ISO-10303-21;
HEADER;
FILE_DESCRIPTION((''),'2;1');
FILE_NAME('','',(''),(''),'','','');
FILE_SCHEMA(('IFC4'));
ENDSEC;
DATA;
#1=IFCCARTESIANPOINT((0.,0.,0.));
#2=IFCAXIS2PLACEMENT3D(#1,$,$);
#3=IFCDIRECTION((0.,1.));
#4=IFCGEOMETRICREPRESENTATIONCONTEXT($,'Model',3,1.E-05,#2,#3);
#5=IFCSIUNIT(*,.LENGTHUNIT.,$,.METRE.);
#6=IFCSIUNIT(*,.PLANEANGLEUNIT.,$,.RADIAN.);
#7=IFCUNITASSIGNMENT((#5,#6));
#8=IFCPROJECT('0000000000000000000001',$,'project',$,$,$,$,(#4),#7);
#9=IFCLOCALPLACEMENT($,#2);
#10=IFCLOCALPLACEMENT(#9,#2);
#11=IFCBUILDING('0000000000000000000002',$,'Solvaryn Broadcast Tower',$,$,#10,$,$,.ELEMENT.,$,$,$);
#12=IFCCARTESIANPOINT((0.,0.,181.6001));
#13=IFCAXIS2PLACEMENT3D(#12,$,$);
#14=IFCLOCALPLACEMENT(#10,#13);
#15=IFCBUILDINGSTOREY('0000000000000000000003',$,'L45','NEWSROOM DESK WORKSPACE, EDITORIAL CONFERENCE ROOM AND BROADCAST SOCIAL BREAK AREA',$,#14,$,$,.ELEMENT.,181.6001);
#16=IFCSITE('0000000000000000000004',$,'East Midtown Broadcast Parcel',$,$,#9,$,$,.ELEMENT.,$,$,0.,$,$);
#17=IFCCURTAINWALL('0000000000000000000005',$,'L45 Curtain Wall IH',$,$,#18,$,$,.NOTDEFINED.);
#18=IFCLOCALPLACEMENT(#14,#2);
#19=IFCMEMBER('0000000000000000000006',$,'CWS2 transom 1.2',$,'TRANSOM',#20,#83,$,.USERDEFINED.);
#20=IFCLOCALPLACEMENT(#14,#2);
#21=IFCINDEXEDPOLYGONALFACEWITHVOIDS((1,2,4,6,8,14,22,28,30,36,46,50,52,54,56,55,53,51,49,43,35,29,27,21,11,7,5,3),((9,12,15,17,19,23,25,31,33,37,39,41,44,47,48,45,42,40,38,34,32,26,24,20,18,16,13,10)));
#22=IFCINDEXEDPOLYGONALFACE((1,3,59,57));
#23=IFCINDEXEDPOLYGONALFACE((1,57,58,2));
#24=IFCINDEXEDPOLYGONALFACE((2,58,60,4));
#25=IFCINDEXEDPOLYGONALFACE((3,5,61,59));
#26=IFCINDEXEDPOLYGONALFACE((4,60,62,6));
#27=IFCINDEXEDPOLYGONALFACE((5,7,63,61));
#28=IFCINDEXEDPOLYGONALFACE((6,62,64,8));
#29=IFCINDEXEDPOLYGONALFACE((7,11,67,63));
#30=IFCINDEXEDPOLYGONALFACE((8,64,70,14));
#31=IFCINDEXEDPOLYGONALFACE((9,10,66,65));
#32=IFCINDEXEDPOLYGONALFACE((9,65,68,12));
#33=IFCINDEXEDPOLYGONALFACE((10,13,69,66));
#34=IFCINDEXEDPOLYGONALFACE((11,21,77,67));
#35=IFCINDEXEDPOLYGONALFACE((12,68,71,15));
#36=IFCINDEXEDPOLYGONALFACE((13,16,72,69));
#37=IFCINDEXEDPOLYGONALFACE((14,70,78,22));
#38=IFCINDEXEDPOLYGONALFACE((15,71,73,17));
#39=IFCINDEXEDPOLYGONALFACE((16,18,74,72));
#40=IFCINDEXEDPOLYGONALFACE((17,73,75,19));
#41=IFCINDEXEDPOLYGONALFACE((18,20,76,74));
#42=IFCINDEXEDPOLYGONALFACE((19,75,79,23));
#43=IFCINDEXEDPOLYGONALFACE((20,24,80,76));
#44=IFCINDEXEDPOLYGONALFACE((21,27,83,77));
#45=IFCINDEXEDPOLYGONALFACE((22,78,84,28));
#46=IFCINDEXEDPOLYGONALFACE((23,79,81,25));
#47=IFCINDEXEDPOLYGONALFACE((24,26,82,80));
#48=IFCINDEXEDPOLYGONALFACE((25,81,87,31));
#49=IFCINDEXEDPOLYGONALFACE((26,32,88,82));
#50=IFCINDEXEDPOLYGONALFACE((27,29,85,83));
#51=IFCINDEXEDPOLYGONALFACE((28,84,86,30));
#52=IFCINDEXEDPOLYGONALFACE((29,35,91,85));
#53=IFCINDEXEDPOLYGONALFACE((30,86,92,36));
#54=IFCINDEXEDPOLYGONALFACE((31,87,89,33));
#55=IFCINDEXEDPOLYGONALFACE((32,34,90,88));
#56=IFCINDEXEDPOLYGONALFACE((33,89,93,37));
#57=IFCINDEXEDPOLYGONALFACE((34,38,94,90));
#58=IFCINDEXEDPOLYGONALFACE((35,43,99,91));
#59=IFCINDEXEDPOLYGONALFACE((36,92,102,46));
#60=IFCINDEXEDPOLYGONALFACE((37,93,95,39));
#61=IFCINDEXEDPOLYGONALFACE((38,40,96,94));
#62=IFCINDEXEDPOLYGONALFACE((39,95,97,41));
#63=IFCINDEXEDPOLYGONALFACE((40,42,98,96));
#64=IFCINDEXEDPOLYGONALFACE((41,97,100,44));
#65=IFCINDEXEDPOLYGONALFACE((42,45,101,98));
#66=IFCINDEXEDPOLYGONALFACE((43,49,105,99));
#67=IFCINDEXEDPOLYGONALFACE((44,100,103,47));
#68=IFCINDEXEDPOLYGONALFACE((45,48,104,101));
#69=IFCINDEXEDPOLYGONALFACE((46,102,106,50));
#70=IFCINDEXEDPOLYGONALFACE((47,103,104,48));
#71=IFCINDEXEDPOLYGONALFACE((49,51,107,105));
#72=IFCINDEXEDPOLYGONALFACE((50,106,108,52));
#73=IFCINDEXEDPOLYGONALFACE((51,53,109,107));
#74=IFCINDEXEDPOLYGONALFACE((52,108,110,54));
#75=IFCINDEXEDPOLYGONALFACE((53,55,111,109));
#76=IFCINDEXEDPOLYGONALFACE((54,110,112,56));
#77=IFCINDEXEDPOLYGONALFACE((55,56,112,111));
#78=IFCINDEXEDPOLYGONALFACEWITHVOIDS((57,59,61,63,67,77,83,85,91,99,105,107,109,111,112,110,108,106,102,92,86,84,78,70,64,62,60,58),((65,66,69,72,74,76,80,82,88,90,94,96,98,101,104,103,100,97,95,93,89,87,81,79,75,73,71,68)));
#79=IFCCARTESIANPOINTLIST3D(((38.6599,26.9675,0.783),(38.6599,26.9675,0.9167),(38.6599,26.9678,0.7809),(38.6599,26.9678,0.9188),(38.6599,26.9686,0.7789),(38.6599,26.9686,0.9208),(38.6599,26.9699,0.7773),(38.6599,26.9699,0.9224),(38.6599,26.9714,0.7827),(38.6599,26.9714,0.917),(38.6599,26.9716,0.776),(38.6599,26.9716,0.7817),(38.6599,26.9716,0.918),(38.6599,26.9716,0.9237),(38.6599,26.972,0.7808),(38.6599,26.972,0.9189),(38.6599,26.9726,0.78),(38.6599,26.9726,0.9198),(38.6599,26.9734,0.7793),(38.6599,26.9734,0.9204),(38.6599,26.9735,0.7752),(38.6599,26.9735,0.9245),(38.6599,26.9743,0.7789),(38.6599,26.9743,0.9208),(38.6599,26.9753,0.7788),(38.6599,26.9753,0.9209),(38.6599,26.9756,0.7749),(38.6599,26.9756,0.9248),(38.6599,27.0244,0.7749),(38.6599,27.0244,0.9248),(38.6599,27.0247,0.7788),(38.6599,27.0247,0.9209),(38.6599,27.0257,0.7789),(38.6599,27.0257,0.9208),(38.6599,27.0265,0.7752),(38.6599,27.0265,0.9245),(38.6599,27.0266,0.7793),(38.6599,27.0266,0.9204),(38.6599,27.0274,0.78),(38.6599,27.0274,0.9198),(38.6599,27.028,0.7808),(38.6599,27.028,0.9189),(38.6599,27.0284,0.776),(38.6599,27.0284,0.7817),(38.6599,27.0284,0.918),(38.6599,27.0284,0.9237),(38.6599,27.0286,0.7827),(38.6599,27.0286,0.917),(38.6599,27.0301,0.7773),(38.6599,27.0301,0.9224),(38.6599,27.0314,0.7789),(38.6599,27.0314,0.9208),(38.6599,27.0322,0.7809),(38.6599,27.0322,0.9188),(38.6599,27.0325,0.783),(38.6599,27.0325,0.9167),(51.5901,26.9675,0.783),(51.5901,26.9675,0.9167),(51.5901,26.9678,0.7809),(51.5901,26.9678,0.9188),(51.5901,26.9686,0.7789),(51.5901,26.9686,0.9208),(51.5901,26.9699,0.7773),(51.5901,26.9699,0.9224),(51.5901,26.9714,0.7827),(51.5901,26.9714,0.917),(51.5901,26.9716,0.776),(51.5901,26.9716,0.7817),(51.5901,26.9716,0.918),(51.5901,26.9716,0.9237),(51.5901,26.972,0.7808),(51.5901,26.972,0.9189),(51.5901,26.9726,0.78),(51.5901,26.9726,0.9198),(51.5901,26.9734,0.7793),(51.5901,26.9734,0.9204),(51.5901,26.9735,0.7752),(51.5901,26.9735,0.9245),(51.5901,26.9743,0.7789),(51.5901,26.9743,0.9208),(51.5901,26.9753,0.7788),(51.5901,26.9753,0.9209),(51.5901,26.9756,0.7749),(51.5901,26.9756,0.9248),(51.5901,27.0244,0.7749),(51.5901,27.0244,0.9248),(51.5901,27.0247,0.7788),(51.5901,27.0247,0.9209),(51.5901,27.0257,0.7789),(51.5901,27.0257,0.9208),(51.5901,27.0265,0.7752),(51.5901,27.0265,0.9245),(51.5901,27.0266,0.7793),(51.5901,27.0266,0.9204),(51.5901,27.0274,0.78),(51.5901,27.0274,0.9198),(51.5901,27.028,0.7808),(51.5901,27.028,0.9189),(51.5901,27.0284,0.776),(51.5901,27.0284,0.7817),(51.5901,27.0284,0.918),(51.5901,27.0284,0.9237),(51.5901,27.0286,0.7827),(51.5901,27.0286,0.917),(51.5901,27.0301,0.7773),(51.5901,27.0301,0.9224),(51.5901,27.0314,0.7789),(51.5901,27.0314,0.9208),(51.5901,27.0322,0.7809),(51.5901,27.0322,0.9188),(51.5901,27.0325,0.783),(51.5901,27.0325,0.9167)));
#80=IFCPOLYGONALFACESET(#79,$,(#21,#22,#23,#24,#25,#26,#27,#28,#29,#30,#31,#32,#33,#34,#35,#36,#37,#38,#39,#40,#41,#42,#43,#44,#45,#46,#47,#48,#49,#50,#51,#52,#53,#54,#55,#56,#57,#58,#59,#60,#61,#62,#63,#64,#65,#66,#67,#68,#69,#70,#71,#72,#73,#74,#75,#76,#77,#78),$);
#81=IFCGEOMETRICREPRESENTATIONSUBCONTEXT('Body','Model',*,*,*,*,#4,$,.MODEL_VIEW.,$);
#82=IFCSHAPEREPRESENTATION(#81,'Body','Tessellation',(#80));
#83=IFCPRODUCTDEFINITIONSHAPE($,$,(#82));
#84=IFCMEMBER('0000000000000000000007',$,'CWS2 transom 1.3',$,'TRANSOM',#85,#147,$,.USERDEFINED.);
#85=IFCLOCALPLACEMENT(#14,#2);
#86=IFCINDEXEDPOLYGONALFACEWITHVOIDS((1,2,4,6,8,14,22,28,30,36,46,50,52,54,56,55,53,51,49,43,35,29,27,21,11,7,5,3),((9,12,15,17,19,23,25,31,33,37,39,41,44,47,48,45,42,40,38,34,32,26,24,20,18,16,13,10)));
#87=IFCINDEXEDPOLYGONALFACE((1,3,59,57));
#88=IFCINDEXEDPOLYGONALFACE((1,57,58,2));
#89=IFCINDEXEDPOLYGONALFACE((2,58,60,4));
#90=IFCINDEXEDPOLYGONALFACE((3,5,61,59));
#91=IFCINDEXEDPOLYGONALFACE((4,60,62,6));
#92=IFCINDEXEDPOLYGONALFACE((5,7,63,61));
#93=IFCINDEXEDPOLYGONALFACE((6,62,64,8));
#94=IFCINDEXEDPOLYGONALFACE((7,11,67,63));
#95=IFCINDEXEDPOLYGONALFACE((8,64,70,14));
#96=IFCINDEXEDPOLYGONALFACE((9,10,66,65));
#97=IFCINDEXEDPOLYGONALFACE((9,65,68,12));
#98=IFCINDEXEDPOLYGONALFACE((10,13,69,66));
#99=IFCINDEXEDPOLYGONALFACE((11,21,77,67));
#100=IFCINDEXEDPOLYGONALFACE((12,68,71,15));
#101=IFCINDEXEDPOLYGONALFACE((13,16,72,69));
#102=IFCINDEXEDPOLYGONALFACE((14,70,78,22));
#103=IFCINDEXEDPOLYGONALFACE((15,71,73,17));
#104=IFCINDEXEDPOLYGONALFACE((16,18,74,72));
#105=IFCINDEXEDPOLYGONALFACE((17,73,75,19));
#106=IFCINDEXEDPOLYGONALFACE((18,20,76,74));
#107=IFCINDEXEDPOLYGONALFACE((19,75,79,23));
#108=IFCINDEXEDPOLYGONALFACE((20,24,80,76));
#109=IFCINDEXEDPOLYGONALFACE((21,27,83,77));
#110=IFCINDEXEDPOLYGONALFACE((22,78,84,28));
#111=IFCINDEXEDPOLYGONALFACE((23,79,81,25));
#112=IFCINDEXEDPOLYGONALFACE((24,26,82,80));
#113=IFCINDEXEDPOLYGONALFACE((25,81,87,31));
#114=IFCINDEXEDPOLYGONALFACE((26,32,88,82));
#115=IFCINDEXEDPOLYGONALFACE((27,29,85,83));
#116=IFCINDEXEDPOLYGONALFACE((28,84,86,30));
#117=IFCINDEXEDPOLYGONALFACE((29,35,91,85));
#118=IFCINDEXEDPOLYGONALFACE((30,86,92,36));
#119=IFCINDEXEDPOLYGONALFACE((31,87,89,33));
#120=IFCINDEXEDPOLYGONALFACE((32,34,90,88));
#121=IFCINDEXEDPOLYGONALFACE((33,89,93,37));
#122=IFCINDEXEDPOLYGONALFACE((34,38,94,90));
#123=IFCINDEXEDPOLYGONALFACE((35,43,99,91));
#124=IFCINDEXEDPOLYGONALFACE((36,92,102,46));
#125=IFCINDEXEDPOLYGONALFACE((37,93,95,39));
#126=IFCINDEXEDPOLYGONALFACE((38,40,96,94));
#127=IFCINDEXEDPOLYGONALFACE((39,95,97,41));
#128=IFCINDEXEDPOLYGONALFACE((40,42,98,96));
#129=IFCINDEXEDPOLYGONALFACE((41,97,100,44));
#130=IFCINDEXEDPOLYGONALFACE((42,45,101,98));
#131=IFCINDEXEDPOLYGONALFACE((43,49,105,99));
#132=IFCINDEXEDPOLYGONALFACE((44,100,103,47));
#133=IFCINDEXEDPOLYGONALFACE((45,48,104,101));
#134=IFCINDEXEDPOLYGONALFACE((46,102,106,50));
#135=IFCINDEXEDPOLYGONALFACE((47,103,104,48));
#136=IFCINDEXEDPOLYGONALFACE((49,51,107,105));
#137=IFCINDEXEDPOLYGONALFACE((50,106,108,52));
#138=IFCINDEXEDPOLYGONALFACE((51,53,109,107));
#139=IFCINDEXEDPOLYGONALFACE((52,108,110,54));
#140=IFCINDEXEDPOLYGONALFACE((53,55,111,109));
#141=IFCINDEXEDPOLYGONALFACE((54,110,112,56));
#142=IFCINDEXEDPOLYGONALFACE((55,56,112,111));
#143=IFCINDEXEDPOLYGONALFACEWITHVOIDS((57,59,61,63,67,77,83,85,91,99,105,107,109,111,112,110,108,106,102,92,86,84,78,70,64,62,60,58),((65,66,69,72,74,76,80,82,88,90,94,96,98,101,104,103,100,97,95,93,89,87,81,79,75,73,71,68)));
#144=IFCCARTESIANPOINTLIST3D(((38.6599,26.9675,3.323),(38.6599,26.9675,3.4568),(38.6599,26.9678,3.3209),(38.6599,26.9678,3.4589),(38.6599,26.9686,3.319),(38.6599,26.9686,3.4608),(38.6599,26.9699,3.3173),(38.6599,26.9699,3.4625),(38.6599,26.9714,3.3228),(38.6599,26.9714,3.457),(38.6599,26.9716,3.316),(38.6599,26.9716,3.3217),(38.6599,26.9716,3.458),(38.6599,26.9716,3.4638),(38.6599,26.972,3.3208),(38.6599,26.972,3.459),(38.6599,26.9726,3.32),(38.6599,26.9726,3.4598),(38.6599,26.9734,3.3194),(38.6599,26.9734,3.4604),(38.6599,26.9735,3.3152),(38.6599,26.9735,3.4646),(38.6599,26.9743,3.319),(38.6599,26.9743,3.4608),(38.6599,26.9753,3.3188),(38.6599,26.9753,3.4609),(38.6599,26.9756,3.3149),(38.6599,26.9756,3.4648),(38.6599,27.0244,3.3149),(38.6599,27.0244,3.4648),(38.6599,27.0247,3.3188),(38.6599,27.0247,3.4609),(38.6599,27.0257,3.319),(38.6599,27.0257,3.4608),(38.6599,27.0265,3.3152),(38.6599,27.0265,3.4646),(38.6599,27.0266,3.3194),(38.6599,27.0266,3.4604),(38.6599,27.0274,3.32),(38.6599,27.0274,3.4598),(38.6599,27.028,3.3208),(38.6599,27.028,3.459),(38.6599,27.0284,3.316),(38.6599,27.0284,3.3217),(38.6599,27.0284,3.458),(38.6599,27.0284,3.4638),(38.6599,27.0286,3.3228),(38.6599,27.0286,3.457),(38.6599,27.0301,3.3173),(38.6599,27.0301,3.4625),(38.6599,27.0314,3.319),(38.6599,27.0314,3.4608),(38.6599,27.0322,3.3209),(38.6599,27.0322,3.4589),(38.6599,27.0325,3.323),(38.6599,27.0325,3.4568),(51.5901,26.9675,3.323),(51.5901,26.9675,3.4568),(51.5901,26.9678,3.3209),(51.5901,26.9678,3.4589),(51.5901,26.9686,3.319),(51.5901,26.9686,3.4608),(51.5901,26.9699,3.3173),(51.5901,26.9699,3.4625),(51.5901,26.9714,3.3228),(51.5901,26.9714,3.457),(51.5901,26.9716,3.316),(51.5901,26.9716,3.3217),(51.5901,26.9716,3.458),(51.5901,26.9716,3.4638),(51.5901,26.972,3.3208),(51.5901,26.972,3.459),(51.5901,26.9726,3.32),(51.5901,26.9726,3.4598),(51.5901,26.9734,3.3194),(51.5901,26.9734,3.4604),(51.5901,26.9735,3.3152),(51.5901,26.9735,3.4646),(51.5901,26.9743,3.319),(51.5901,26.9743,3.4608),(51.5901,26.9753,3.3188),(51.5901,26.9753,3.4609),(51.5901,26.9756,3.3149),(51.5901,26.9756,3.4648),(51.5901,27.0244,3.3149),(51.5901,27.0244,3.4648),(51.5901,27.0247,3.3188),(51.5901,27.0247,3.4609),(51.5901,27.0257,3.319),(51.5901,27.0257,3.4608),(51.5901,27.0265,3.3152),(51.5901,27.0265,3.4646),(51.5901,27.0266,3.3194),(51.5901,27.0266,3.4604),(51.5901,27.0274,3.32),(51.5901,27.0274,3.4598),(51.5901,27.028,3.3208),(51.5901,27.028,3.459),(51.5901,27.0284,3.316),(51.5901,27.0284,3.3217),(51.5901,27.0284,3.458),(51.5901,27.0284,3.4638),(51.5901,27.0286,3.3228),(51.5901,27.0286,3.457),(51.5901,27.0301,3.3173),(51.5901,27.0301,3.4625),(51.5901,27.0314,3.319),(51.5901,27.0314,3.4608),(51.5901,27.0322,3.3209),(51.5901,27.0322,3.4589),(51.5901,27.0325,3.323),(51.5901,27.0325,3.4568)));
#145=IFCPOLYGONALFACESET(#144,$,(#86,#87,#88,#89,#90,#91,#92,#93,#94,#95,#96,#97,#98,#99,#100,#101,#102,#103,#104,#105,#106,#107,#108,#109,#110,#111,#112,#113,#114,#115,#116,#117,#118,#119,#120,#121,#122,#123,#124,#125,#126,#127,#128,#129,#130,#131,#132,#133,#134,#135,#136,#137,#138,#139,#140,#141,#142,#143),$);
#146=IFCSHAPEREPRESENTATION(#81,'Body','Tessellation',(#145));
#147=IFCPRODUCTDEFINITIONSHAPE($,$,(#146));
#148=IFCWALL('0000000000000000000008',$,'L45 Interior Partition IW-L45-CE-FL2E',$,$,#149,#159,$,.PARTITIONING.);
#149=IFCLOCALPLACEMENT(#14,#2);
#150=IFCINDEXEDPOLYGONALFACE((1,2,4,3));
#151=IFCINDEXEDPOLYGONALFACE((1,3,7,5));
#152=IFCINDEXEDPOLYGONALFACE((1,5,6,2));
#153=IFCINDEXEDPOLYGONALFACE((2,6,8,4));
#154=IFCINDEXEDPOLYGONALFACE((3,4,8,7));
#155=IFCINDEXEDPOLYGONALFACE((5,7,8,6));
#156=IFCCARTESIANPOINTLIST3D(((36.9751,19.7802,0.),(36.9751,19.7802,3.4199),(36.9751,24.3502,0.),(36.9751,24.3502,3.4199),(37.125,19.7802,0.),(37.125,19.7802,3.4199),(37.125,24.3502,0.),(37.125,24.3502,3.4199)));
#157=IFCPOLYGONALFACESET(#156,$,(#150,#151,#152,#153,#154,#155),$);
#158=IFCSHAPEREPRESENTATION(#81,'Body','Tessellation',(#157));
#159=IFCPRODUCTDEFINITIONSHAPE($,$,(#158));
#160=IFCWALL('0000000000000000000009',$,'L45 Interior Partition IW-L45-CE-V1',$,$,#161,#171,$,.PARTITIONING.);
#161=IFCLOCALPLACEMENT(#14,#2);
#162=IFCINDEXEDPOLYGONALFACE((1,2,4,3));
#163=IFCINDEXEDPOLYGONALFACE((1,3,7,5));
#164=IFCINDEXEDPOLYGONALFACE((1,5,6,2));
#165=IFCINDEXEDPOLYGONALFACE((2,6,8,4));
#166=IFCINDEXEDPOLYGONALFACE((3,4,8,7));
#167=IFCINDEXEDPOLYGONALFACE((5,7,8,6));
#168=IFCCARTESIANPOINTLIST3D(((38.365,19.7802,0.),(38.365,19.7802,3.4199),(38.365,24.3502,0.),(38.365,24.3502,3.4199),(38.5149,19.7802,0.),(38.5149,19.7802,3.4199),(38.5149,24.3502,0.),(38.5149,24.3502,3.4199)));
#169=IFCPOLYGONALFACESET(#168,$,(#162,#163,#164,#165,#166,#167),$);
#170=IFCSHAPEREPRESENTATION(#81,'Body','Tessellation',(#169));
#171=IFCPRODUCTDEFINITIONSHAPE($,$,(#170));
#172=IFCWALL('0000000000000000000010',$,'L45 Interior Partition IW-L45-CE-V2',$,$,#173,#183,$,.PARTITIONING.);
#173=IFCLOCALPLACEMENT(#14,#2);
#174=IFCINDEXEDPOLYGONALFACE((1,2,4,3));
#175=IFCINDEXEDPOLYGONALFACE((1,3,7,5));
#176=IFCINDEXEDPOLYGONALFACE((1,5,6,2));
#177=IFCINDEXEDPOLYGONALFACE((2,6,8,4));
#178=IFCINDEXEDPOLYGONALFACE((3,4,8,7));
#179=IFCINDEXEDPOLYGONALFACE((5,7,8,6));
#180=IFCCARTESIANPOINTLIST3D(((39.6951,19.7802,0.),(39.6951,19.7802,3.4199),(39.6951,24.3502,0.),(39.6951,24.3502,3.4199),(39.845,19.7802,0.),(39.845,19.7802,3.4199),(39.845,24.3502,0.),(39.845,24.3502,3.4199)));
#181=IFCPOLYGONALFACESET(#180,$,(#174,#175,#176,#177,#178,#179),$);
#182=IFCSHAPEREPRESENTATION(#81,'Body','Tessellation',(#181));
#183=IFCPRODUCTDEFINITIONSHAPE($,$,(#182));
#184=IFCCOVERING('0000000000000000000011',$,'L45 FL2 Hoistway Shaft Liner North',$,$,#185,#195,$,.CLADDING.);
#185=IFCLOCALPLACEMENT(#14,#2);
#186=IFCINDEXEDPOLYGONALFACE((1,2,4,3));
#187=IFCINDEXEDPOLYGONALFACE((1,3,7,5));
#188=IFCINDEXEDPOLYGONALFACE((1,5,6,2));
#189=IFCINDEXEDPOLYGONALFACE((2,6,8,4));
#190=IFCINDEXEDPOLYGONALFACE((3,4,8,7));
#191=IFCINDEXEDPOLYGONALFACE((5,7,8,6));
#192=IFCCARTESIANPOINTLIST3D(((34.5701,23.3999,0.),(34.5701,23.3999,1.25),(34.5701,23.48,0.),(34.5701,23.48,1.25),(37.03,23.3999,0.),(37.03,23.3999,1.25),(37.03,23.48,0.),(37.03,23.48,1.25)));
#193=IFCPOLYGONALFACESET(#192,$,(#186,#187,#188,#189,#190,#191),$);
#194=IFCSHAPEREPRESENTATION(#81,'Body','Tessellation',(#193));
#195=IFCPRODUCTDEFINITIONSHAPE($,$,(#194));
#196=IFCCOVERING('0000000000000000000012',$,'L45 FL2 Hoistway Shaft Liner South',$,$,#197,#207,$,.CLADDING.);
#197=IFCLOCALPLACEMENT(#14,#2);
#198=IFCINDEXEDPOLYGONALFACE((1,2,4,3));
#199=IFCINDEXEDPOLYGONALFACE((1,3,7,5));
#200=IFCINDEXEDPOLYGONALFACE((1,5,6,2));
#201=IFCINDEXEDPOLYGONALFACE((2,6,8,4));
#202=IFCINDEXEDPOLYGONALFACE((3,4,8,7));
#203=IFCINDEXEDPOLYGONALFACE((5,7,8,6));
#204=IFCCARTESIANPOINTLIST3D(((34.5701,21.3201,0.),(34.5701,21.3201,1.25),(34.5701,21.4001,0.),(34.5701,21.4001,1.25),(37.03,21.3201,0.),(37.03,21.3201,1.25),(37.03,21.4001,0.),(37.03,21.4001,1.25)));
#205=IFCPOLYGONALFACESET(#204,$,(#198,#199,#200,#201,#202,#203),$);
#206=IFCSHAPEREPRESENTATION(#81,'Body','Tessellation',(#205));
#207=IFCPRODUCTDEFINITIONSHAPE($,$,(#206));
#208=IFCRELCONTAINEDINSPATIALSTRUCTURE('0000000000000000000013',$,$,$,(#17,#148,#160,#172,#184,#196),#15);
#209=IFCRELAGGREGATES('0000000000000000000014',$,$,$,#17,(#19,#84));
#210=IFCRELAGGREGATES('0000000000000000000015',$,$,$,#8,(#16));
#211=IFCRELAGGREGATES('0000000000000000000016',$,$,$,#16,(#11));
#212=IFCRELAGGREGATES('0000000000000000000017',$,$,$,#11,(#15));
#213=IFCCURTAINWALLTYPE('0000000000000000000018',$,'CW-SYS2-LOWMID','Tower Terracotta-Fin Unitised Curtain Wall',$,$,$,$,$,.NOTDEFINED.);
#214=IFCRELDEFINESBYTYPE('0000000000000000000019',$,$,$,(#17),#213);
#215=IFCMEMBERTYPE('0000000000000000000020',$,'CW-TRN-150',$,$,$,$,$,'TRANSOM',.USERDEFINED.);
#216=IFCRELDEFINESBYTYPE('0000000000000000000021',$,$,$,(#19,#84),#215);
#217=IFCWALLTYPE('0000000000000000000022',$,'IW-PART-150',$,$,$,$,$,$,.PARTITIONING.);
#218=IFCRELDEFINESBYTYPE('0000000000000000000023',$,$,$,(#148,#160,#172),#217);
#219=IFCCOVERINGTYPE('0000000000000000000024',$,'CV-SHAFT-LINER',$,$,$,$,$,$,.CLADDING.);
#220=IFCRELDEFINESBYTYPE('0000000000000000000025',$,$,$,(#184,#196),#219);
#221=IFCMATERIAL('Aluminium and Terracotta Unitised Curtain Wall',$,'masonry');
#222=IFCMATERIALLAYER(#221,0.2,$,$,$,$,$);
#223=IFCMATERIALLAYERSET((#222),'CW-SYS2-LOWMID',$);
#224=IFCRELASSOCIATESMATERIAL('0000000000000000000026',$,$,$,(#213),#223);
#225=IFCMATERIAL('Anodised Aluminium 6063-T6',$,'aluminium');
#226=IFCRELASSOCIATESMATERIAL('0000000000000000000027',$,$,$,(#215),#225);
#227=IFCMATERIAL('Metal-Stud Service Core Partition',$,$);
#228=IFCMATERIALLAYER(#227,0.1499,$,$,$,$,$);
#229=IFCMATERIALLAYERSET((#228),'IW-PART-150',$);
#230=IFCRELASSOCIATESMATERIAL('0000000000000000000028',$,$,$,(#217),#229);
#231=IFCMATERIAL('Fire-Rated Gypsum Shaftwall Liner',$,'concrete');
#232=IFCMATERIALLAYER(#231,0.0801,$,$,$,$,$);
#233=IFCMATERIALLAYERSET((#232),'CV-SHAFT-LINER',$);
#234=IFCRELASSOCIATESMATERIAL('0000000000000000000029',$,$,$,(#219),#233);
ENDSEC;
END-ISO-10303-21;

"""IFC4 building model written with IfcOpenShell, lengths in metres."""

from ifc_helpers import new_model, si_unit, direction, frame, frame_2d, origin, origin_2d, place, context, subcontext, project, spatial, rectangle, hollow_rectangle, extrude, material, layer, layer_set, material_profile, profile_set, type_object, element, aggregate, save


model = new_model("IFC4")

# Units and contexts
model_context = context("Model", 3, precision=1e-05, world=origin(), true_north=direction((0.0, 1.0)))
body_context = subcontext(model_context, "Body", "Model", "MODEL_VIEW")
ifc_project = project(units=[si_unit("LENGTHUNIT", "METRE"), si_unit("PLANEANGLEUNIT", "RADIAN")], contexts=[model_context])

# Site, building, storey
site_placement = place(None, origin())
site = spatial("IfcSite", under=ifc_project, at=site_placement, Name="East Midtown Broadcast Parcel", CompositionType="ELEMENT", RefElevation=0.0)
building_placement = place(site_placement, origin())
building = spatial("IfcBuilding", under=site, at=building_placement, Name="Solvaryn Broadcast Tower", CompositionType="ELEMENT")
storey_placement = place(building_placement, frame((0.0, 0.0, 181.6001)))
storey = spatial("IfcBuildingStorey", under=building, at=storey_placement, Name="L45", Description="NEWSROOM DESK WORKSPACE, EDITORIAL CONFERENCE ROOM AND BROADCAST SOCIAL BREAK AREA", CompositionType="ELEMENT", Elevation=181.6001)

# Curtain wall
ifc_material_1 = material(Name="Aluminium and Terracotta Unitised Curtain Wall", Category="masonry")
ifc_layer_1 = layer(ifc_material_1, 0.2)
ifc_layer_set_1 = layer_set([ifc_layer_1], Name="CW-SYS2-LOWMID")
curtain_wall_type = type_object("IfcCurtainWallType", Name="CW-SYS2-LOWMID", Description="Tower Terracotta-Fin Unitised Curtain Wall", PredefinedType="NOTDEFINED", material=ifc_layer_set_1)
curtain_wall_1_placement = place(storey_placement, origin())
curtain_wall_1 = element("IfcCurtainWall", 1, at=curtain_wall_1_placement, inside=storey, type_object=curtain_wall_type, Name="L45 Curtain Wall IH", PredefinedType="NOTDEFINED")

# Members
ifc_material_2 = material(Name="Anodised Aluminium 6063-T6", Category="aluminium")
ifc_material_profile_1 = material_profile(ifc_material_2, hollow_rectangle(XDim=0.0649, YDim=0.1499, WallThickness=0.0039, InnerFilletRadius=0.0039, OuterFilletRadius=0.0081, at=origin_2d()))
ifc_profile_set_1 = profile_set([ifc_material_profile_1], Name="Anodised Aluminium 6063-T6")
member_type_1 = type_object("IfcMemberType", Name="CW-TRN-150", ElementType="TRANSOM", PredefinedType="USERDEFINED", material=ifc_profile_set_1)
member_1_placement = place(storey_placement, frame((38.6599, 27.0, 0.8499), z_axis=(1.0, 0.0, 0.0), x_axis=(0.0, 1.0, 0.0)))
member_1 = element("IfcMember", 2, at=member_1_placement, type_object=member_type_1, Name="CWS2 transom 1.2", ObjectType="TRANSOM", PredefinedType="USERDEFINED", context=body_context, shape_type="SweptSolid", body=[
    extrude(hollow_rectangle(XDim=0.0649, YDim=0.1499, WallThickness=0.0039, InnerFilletRadius=0.0039, OuterFilletRadius=0.0081, at=origin_2d()), origin(), (0.0, 0.0, 1.0), 12.9302),
])
member_2_placement = place(storey_placement, frame((38.6599, 27.0, 3.3899), z_axis=(1.0, 0.0, 0.0), x_axis=(0.0, 1.0, 0.0)))
member_2 = element("IfcMember", 3, at=member_2_placement, type_object=member_type_1, Name="CWS2 transom 1.3", ObjectType="TRANSOM", PredefinedType="USERDEFINED", context=body_context, shape_type="SweptSolid", body=[
    extrude(hollow_rectangle(XDim=0.0649, YDim=0.1499, WallThickness=0.0039, InnerFilletRadius=0.0039, OuterFilletRadius=0.0081, at=origin_2d()), origin(), (0.0, 0.0, 1.0), 12.9302),
])
aggregate(curtain_wall_1, [member_1, member_2])

# Walls
ifc_material_3 = material(Name="Metal-Stud Service Core Partition")
ifc_layer_2 = layer(ifc_material_3, 0.1499)
ifc_layer_set_2 = layer_set([ifc_layer_2], Name="IW-PART-150")
wall_type = type_object("IfcWallType", Name="IW-PART-150", PredefinedType="PARTITIONING", material=ifc_layer_set_2)
for number, where, z_axis, x_axis, name in (
    (4, (37.05, 19.78, 0.0), (0.0, 0.0, 1.0), (0.0, 1.0, 0.0), "L45 Interior Partition IW-L45-CE-FL2E"),
    (5, (38.4399, 19.78, 0.0), (0.0, 0.0, 1.0), (0.0, 1.0, 0.0), "L45 Interior Partition IW-L45-CE-V1"),
    (6, (39.77, 19.78, 0.0), (0.0, 0.0, 1.0), (0.0, 1.0, 0.0), "L45 Interior Partition IW-L45-CE-V2"),
):
    element("IfcWall", number, at=place(storey_placement, frame(where, z_axis=z_axis, x_axis=x_axis)), inside=storey, type_object=wall_type, Name=name, PredefinedType="PARTITIONING", context=body_context, shape_type="SweptSolid", body=[
        extrude(rectangle(XDim=4.5701, YDim=0.1499, at=frame_2d((2.2852, 0.0))), origin(), (0.0, 0.0, 1.0), 3.4199),
    ])

# Coverings
ifc_material_4 = material(Name="Fire-Rated Gypsum Shaftwall Liner", Category="concrete")
ifc_layer_3 = layer(ifc_material_4, 0.0801)
ifc_layer_set_3 = layer_set([ifc_layer_3], Name="CV-SHAFT-LINER")
covering_type_1 = type_object("IfcCoveringType", Name="CV-SHAFT-LINER", PredefinedType="CLADDING", material=ifc_layer_set_3)
for number, where, z_axis, x_axis, name in (
    (7, (35.8, 23.4399, 0.0), (0.0, 0.0, 1.0), (1.0, 0.0, 0.0), "L45 FL2 Hoistway Shaft Liner North"),
    (8, (35.8, 21.3601, 0.0), (0.0, 0.0, 1.0), (1.0, 0.0, 0.0), "L45 FL2 Hoistway Shaft Liner South"),
):
    element("IfcCovering", number, at=place(storey_placement, frame(where, z_axis=z_axis, x_axis=x_axis)), inside=storey, type_object=covering_type_1, Name=name, PredefinedType="CLADDING", context=body_context, shape_type="SweptSolid", body=[
        extrude(rectangle(XDim=2.46, YDim=0.0801, at=origin_2d()), origin(), (0.0, 0.0, 1.0), 1.25),
    ])

save(model, "model.ifc")
